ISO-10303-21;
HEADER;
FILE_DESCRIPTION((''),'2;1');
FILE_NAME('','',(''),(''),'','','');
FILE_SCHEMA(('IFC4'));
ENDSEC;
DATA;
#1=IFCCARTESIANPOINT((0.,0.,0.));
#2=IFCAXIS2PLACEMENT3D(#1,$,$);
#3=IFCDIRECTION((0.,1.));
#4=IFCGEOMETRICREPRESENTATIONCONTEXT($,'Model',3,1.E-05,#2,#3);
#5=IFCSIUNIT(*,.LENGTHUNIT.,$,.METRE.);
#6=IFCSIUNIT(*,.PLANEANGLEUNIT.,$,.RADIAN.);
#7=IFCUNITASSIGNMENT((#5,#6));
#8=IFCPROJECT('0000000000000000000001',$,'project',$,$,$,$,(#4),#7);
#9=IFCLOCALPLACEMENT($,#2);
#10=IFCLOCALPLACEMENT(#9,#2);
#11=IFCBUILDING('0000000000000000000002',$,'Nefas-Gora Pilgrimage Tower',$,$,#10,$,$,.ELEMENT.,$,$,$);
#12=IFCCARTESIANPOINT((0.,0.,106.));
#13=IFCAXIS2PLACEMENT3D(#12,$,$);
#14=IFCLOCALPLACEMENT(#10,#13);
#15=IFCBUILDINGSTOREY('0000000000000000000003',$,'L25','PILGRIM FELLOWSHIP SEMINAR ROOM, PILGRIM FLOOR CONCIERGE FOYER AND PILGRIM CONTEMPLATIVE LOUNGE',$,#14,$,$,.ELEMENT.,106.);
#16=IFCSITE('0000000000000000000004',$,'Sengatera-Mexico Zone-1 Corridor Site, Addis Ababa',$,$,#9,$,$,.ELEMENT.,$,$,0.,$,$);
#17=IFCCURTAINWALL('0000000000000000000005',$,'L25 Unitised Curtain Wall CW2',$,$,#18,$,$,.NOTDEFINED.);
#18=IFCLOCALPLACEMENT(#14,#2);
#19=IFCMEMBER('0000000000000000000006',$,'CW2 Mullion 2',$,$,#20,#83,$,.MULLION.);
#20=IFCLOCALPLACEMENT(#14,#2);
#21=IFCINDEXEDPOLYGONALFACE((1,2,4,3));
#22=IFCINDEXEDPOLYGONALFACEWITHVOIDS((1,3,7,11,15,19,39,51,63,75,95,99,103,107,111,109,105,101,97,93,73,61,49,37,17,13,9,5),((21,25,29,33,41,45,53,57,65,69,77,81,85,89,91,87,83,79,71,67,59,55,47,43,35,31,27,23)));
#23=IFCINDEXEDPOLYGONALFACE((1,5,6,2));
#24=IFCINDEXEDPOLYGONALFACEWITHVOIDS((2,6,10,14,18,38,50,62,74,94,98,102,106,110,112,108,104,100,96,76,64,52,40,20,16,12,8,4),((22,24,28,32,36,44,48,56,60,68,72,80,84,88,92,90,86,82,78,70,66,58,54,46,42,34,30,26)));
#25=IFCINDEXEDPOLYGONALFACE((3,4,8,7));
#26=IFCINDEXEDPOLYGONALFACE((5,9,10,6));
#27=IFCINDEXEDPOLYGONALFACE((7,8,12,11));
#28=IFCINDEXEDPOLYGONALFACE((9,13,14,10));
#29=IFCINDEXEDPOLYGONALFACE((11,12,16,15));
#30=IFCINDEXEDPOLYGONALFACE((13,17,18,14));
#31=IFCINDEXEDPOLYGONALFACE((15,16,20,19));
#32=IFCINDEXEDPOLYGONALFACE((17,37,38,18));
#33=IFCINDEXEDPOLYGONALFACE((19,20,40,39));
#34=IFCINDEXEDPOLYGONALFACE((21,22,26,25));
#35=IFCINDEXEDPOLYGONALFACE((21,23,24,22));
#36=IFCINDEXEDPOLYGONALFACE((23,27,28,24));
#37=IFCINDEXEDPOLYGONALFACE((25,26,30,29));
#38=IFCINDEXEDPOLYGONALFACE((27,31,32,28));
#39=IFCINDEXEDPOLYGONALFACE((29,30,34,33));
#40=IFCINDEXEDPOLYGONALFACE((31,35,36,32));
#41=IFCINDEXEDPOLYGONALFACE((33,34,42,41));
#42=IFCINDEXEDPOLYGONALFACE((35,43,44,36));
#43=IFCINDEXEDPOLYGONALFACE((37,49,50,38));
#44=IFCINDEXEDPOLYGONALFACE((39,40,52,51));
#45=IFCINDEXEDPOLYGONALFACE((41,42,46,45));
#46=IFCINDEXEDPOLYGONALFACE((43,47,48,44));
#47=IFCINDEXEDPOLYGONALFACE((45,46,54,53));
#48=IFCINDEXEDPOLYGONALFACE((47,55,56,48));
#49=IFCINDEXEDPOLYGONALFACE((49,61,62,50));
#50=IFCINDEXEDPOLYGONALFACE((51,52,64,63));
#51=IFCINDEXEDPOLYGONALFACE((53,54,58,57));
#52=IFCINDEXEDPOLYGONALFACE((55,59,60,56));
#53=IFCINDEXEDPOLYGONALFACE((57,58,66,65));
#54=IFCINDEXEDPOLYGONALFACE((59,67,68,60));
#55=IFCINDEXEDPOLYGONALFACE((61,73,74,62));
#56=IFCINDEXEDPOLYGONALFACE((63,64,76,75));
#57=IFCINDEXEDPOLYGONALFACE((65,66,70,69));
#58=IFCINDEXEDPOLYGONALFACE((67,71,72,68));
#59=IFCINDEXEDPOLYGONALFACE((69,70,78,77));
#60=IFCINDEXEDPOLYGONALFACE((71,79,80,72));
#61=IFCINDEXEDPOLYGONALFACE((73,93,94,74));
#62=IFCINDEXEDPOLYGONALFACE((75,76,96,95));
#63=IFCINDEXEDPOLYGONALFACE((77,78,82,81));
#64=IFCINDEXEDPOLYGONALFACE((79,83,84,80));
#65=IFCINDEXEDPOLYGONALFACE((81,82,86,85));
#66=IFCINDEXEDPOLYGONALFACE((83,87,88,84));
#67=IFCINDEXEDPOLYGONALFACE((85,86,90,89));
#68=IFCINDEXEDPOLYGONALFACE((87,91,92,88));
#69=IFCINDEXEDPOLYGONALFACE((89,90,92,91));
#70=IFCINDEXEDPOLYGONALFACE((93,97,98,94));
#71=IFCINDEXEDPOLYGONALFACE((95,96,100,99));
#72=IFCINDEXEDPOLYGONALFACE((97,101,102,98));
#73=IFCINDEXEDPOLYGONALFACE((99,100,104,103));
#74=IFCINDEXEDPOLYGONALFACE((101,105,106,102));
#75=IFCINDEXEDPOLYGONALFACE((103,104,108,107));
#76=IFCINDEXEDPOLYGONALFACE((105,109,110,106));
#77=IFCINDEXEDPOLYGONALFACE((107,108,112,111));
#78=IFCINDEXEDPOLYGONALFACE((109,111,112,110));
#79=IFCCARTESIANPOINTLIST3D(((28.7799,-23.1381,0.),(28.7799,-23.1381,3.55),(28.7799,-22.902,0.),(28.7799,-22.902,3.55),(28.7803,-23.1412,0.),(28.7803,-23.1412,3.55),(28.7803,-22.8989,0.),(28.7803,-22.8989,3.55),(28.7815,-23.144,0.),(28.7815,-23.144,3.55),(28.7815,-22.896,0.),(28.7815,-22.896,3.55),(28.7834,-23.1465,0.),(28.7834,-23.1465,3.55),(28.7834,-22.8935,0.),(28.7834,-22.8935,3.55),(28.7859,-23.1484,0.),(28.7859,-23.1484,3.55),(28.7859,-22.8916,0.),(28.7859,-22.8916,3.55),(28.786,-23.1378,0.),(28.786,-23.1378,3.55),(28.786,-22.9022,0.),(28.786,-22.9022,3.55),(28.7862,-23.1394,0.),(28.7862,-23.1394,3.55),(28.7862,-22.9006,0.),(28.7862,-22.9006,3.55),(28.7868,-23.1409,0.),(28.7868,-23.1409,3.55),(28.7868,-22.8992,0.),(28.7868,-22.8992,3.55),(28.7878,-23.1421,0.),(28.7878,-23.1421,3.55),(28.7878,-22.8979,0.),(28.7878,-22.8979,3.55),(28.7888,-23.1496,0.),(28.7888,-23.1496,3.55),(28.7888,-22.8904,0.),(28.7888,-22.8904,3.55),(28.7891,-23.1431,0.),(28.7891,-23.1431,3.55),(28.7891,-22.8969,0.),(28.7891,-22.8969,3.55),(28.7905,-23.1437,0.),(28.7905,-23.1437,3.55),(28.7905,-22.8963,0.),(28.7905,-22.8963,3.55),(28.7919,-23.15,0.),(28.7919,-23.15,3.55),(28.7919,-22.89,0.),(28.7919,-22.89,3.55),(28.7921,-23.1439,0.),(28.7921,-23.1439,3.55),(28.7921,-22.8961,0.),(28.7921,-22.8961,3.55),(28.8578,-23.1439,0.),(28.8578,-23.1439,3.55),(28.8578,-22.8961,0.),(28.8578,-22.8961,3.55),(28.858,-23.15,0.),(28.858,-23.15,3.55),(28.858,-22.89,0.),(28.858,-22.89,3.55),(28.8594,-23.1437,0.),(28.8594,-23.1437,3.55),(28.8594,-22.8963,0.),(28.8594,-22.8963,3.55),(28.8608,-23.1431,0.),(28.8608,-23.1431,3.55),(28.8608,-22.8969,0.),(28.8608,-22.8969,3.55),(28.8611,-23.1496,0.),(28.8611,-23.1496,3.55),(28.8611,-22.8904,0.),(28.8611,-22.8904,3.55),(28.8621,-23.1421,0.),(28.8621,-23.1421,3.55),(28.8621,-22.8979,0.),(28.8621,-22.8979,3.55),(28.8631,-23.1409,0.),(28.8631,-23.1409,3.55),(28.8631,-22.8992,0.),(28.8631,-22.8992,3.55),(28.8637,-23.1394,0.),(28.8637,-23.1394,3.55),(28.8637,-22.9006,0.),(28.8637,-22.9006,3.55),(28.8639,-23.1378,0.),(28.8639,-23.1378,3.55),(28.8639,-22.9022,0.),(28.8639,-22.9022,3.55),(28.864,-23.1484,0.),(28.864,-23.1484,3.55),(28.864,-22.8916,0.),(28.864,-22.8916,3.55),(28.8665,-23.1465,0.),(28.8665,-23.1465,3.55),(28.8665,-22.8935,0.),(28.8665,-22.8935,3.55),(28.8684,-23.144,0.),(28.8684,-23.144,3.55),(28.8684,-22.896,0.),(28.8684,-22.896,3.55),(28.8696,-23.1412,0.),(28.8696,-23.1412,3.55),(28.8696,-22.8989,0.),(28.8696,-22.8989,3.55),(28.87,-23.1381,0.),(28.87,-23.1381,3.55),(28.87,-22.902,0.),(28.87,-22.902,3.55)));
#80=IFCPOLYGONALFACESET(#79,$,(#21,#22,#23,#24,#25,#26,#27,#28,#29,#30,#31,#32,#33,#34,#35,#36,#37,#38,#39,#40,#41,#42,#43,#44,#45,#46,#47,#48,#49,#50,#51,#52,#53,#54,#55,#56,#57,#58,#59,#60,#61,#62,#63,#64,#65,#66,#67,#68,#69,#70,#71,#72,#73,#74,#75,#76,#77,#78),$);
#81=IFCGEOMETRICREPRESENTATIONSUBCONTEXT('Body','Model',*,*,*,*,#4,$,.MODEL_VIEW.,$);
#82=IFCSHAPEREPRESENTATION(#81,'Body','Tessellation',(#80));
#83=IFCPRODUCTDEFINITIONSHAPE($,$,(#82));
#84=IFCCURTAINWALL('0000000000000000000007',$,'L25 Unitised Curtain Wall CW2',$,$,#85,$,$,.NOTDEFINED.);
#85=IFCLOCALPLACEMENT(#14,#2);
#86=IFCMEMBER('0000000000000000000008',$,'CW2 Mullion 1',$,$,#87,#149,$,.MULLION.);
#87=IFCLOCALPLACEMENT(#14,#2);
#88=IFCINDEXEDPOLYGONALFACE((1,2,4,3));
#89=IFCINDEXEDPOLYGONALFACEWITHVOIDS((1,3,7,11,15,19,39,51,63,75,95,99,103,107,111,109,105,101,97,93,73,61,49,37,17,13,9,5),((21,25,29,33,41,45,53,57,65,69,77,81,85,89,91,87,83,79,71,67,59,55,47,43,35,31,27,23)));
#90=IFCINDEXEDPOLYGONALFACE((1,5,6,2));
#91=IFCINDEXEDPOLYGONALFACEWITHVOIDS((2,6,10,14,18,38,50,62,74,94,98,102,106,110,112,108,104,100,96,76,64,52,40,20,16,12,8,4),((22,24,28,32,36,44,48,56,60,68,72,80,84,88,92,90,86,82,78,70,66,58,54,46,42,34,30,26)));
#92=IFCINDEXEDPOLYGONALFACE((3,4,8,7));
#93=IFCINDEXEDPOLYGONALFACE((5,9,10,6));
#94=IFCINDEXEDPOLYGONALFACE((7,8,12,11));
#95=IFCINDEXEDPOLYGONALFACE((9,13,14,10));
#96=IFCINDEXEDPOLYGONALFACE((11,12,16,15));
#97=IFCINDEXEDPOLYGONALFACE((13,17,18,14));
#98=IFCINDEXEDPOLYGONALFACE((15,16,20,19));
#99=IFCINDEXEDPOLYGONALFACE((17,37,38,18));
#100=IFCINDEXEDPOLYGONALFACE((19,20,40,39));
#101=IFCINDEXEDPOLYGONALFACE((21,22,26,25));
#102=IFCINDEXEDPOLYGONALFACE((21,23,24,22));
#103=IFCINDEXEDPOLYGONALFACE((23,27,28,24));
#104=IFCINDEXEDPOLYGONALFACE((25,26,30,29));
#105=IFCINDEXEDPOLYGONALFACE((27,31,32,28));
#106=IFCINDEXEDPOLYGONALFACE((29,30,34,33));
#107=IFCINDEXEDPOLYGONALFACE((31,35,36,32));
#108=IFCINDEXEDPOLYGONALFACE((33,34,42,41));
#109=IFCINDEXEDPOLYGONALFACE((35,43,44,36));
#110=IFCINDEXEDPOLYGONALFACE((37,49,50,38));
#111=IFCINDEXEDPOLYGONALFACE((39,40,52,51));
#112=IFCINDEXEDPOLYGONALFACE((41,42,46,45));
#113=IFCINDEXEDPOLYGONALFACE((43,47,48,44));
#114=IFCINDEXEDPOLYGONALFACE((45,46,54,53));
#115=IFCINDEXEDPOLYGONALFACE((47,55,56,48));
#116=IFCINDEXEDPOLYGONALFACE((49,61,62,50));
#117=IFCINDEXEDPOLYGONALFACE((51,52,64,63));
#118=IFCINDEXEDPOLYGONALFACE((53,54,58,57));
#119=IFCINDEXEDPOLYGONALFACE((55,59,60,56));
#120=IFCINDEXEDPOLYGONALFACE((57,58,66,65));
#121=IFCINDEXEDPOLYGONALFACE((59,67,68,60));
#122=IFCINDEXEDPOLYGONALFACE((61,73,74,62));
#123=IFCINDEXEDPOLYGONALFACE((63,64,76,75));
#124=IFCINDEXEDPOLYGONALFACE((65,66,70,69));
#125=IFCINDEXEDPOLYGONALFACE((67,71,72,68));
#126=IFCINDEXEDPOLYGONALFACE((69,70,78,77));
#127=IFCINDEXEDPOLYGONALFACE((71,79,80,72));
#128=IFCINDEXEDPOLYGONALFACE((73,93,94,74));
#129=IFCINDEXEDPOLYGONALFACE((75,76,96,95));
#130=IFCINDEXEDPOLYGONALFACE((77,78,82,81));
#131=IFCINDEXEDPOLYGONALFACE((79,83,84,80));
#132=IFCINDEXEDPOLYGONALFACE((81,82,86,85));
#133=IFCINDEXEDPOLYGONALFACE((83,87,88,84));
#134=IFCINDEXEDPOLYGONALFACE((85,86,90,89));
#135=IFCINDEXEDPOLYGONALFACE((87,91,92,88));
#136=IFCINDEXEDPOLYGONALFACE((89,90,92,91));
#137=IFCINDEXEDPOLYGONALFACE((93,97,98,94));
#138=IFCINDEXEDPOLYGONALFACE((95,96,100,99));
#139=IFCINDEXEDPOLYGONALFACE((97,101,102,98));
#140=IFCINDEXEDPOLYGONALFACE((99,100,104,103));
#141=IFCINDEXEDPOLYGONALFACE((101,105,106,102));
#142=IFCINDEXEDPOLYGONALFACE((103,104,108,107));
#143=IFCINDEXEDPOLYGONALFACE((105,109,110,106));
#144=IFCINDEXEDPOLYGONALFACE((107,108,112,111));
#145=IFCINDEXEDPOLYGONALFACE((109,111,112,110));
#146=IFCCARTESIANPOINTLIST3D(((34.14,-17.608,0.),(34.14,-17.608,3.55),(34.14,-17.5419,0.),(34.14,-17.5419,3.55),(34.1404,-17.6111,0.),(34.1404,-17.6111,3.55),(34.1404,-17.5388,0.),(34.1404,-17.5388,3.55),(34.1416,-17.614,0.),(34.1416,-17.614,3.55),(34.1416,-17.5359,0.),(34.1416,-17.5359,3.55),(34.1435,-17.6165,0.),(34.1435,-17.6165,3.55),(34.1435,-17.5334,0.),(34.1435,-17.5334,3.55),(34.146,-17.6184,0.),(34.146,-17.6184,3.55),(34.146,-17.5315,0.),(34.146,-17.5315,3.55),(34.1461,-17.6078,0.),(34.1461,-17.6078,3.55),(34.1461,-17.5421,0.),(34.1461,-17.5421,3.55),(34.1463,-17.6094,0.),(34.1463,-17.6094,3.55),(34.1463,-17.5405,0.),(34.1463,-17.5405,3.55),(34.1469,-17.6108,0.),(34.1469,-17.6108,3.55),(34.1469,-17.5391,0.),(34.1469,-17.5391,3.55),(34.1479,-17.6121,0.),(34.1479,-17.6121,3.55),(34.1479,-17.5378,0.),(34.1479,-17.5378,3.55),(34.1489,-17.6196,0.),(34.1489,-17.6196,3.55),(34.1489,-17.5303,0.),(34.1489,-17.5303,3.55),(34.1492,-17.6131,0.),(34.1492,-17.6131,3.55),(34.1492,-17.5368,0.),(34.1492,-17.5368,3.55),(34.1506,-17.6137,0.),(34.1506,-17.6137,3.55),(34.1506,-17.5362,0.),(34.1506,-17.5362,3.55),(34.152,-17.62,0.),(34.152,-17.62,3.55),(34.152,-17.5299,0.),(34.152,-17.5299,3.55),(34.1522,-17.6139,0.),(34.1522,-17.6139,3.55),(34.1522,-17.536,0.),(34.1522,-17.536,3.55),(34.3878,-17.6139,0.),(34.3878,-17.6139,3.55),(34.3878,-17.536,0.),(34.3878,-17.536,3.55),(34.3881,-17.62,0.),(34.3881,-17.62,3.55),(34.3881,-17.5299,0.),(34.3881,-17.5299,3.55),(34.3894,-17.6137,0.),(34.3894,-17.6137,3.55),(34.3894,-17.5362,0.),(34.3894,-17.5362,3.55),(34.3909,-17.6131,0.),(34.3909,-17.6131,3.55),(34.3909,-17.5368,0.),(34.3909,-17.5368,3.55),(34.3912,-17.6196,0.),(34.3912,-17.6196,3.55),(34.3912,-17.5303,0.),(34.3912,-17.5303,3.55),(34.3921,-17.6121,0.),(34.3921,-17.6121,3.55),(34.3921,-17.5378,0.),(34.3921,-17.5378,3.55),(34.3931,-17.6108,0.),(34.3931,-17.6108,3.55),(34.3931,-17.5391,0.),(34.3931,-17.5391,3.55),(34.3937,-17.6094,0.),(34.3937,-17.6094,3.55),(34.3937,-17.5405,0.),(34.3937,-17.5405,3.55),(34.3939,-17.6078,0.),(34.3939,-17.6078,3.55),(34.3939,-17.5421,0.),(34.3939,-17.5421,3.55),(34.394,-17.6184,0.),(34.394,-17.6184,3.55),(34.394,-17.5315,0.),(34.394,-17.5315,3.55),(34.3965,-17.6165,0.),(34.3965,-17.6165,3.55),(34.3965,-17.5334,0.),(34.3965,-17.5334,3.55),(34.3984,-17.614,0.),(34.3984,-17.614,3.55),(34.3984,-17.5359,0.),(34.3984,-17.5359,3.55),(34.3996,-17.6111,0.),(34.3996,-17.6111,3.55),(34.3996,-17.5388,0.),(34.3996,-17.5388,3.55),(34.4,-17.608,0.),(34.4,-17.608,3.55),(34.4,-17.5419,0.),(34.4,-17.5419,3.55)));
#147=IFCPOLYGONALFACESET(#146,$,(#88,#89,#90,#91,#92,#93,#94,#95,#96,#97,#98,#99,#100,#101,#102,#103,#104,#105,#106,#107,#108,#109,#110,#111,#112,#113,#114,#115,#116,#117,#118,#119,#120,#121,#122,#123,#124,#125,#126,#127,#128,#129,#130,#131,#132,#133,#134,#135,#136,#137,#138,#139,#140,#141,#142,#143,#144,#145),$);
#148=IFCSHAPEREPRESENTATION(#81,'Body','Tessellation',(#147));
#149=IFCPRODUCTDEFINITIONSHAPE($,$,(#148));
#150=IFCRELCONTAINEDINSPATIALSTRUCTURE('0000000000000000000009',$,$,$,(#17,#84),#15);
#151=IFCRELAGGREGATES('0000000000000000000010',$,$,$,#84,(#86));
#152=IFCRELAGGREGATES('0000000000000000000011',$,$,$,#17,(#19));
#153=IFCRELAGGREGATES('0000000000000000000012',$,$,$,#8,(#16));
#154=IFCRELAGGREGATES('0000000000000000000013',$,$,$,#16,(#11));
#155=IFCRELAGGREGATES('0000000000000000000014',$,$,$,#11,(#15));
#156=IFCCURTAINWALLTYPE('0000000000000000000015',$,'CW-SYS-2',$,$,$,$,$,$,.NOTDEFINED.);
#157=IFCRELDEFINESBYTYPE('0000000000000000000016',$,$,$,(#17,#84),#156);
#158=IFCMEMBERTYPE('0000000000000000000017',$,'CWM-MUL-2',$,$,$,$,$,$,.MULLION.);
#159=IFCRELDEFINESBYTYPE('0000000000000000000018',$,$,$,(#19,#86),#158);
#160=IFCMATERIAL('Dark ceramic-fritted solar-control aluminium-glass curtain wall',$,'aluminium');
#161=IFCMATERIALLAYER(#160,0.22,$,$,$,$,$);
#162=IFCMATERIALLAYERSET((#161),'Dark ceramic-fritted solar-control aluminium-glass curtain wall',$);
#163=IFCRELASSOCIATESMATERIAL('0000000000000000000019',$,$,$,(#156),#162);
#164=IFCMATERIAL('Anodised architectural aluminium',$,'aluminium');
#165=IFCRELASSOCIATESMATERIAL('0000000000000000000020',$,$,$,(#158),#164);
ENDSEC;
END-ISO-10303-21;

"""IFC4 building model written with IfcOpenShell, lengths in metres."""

from ifc_helpers import new_model, si_unit, direction, frame, origin, origin_2d, place, context, subcontext, project, spatial, hollow_rectangle, extrude, source, transform, mapped, material, layer, layer_set, material_profile, profile_set, type_object, element, aggregate, save


model = new_model("IFC4")

# Units and contexts
model_context = context("Model", 3, precision=1e-05, world=origin(), true_north=direction((0.0, 1.0)))
body_context = subcontext(model_context, "Body", "Model", "MODEL_VIEW")
ifc_project = project(units=[si_unit("LENGTHUNIT", "METRE"), si_unit("PLANEANGLEUNIT", "RADIAN")], contexts=[model_context])

# Site, building, storey
site_placement = place(None, origin())
site = spatial("IfcSite", under=ifc_project, at=site_placement, Name="Sengatera-Mexico Zone-1 Corridor Site, Addis Ababa", CompositionType="ELEMENT", RefElevation=0.0)
building_placement = place(site_placement, origin())
building = spatial("IfcBuilding", under=site, at=building_placement, Name="Nefas-Gora Pilgrimage Tower", CompositionType="ELEMENT")
storey_placement = place(building_placement, frame((0.0, 0.0, 106.0)))
storey = spatial("IfcBuildingStorey", under=building, at=storey_placement, Name="L25", Description="PILGRIM FELLOWSHIP SEMINAR ROOM, PILGRIM FLOOR CONCIERGE FOYER AND PILGRIM CONTEMPLATIVE LOUNGE", CompositionType="ELEMENT", Elevation=106.0)

# Curtain wall, member
ifc_material_1 = material(Name="Dark ceramic-fritted solar-control aluminium-glass curtain wall", Category="aluminium")
ifc_layer_1 = layer(ifc_material_1, 0.22)
ifc_layer_set_1 = layer_set([ifc_layer_1], Name="Dark ceramic-fritted solar-control aluminium-glass curtain wall")
curtain_wall_type = type_object("IfcCurtainWallType", Name="CW-SYS-2", PredefinedType="NOTDEFINED", material=ifc_layer_set_1)
curtain_wall_1_placement = place(storey_placement, origin())
curtain_wall_1 = element("IfcCurtainWall", 1, at=curtain_wall_1_placement, inside=storey, type_object=curtain_wall_type, Name="L25 Unitised Curtain Wall CW2", PredefinedType="NOTDEFINED")
ifc_material_2 = material(Name="Anodised architectural aluminium", Category="aluminium")
ifc_material_profile_1 = material_profile(ifc_material_2, hollow_rectangle(XDim=0.0901, YDim=0.26, WallThickness=0.0061, InnerFilletRadius=0.0061, OuterFilletRadius=0.012, at=origin_2d()), Name="ALU MULLION 90x260")
ifc_profile_set_1 = profile_set([ifc_material_profile_1], Name="Anodised architectural aluminium")
member_type_1 = type_object("IfcMemberType", Name="CWM-MUL-2", PredefinedType="MULLION", material=ifc_profile_set_1)
shared_shape_1 = source(origin(), body_context, "Body", "SweptSolid", [
    extrude(hollow_rectangle(XDim=0.0901, YDim=0.26, WallThickness=0.0061, InnerFilletRadius=0.0061, OuterFilletRadius=0.012, at=origin_2d()), origin(), (0.0, 0.0, 1.0), 3.55),
])
member_1_placement = place(storey_placement, frame((28.825, -23.02, 0.0), z_axis=(0.0, 0.0, 1.0), x_axis=(1.0, 0.0, 0.0)))
member_1 = element("IfcMember", 2, at=member_1_placement, type_object=member_type_1, Name="CW2 Mullion 2", PredefinedType="MULLION", context=body_context, shape_type="MappedRepresentation", body=[
    mapped(shared_shape_1, transform((0.0, 0.0, 0.0), x_axis=(1.0, 0.0, 0.0), y_axis=(0.0, 1.0, 0.0), z_axis=(0.0, 0.0, 1.0), scale=1.0)),
])

# Curtain wall, member
curtain_wall_2_placement = place(storey_placement, origin())
curtain_wall_2 = element("IfcCurtainWall", 3, at=curtain_wall_2_placement, inside=storey, type_object=curtain_wall_type, Name="L25 Unitised Curtain Wall CW2", PredefinedType="NOTDEFINED")
member_2_placement = place(storey_placement, frame((34.27, -17.575, 0.0), z_axis=(0.0, 0.0, 1.0), x_axis=(0.0, 1.0, 0.0)))
member_2 = element("IfcMember", 4, at=member_2_placement, type_object=member_type_1, Name="CW2 Mullion 1", PredefinedType="MULLION", context=body_context, shape_type="MappedRepresentation", body=[
    mapped(shared_shape_1, transform((0.0, 0.0, 0.0), x_axis=(1.0, 0.0, 0.0), y_axis=(0.0, 1.0, 0.0), z_axis=(0.0, 0.0, 1.0), scale=1.0)),
])
aggregate(curtain_wall_2, [member_2])

aggregate(curtain_wall_1, [member_1])

save(model, "model.ifc")
